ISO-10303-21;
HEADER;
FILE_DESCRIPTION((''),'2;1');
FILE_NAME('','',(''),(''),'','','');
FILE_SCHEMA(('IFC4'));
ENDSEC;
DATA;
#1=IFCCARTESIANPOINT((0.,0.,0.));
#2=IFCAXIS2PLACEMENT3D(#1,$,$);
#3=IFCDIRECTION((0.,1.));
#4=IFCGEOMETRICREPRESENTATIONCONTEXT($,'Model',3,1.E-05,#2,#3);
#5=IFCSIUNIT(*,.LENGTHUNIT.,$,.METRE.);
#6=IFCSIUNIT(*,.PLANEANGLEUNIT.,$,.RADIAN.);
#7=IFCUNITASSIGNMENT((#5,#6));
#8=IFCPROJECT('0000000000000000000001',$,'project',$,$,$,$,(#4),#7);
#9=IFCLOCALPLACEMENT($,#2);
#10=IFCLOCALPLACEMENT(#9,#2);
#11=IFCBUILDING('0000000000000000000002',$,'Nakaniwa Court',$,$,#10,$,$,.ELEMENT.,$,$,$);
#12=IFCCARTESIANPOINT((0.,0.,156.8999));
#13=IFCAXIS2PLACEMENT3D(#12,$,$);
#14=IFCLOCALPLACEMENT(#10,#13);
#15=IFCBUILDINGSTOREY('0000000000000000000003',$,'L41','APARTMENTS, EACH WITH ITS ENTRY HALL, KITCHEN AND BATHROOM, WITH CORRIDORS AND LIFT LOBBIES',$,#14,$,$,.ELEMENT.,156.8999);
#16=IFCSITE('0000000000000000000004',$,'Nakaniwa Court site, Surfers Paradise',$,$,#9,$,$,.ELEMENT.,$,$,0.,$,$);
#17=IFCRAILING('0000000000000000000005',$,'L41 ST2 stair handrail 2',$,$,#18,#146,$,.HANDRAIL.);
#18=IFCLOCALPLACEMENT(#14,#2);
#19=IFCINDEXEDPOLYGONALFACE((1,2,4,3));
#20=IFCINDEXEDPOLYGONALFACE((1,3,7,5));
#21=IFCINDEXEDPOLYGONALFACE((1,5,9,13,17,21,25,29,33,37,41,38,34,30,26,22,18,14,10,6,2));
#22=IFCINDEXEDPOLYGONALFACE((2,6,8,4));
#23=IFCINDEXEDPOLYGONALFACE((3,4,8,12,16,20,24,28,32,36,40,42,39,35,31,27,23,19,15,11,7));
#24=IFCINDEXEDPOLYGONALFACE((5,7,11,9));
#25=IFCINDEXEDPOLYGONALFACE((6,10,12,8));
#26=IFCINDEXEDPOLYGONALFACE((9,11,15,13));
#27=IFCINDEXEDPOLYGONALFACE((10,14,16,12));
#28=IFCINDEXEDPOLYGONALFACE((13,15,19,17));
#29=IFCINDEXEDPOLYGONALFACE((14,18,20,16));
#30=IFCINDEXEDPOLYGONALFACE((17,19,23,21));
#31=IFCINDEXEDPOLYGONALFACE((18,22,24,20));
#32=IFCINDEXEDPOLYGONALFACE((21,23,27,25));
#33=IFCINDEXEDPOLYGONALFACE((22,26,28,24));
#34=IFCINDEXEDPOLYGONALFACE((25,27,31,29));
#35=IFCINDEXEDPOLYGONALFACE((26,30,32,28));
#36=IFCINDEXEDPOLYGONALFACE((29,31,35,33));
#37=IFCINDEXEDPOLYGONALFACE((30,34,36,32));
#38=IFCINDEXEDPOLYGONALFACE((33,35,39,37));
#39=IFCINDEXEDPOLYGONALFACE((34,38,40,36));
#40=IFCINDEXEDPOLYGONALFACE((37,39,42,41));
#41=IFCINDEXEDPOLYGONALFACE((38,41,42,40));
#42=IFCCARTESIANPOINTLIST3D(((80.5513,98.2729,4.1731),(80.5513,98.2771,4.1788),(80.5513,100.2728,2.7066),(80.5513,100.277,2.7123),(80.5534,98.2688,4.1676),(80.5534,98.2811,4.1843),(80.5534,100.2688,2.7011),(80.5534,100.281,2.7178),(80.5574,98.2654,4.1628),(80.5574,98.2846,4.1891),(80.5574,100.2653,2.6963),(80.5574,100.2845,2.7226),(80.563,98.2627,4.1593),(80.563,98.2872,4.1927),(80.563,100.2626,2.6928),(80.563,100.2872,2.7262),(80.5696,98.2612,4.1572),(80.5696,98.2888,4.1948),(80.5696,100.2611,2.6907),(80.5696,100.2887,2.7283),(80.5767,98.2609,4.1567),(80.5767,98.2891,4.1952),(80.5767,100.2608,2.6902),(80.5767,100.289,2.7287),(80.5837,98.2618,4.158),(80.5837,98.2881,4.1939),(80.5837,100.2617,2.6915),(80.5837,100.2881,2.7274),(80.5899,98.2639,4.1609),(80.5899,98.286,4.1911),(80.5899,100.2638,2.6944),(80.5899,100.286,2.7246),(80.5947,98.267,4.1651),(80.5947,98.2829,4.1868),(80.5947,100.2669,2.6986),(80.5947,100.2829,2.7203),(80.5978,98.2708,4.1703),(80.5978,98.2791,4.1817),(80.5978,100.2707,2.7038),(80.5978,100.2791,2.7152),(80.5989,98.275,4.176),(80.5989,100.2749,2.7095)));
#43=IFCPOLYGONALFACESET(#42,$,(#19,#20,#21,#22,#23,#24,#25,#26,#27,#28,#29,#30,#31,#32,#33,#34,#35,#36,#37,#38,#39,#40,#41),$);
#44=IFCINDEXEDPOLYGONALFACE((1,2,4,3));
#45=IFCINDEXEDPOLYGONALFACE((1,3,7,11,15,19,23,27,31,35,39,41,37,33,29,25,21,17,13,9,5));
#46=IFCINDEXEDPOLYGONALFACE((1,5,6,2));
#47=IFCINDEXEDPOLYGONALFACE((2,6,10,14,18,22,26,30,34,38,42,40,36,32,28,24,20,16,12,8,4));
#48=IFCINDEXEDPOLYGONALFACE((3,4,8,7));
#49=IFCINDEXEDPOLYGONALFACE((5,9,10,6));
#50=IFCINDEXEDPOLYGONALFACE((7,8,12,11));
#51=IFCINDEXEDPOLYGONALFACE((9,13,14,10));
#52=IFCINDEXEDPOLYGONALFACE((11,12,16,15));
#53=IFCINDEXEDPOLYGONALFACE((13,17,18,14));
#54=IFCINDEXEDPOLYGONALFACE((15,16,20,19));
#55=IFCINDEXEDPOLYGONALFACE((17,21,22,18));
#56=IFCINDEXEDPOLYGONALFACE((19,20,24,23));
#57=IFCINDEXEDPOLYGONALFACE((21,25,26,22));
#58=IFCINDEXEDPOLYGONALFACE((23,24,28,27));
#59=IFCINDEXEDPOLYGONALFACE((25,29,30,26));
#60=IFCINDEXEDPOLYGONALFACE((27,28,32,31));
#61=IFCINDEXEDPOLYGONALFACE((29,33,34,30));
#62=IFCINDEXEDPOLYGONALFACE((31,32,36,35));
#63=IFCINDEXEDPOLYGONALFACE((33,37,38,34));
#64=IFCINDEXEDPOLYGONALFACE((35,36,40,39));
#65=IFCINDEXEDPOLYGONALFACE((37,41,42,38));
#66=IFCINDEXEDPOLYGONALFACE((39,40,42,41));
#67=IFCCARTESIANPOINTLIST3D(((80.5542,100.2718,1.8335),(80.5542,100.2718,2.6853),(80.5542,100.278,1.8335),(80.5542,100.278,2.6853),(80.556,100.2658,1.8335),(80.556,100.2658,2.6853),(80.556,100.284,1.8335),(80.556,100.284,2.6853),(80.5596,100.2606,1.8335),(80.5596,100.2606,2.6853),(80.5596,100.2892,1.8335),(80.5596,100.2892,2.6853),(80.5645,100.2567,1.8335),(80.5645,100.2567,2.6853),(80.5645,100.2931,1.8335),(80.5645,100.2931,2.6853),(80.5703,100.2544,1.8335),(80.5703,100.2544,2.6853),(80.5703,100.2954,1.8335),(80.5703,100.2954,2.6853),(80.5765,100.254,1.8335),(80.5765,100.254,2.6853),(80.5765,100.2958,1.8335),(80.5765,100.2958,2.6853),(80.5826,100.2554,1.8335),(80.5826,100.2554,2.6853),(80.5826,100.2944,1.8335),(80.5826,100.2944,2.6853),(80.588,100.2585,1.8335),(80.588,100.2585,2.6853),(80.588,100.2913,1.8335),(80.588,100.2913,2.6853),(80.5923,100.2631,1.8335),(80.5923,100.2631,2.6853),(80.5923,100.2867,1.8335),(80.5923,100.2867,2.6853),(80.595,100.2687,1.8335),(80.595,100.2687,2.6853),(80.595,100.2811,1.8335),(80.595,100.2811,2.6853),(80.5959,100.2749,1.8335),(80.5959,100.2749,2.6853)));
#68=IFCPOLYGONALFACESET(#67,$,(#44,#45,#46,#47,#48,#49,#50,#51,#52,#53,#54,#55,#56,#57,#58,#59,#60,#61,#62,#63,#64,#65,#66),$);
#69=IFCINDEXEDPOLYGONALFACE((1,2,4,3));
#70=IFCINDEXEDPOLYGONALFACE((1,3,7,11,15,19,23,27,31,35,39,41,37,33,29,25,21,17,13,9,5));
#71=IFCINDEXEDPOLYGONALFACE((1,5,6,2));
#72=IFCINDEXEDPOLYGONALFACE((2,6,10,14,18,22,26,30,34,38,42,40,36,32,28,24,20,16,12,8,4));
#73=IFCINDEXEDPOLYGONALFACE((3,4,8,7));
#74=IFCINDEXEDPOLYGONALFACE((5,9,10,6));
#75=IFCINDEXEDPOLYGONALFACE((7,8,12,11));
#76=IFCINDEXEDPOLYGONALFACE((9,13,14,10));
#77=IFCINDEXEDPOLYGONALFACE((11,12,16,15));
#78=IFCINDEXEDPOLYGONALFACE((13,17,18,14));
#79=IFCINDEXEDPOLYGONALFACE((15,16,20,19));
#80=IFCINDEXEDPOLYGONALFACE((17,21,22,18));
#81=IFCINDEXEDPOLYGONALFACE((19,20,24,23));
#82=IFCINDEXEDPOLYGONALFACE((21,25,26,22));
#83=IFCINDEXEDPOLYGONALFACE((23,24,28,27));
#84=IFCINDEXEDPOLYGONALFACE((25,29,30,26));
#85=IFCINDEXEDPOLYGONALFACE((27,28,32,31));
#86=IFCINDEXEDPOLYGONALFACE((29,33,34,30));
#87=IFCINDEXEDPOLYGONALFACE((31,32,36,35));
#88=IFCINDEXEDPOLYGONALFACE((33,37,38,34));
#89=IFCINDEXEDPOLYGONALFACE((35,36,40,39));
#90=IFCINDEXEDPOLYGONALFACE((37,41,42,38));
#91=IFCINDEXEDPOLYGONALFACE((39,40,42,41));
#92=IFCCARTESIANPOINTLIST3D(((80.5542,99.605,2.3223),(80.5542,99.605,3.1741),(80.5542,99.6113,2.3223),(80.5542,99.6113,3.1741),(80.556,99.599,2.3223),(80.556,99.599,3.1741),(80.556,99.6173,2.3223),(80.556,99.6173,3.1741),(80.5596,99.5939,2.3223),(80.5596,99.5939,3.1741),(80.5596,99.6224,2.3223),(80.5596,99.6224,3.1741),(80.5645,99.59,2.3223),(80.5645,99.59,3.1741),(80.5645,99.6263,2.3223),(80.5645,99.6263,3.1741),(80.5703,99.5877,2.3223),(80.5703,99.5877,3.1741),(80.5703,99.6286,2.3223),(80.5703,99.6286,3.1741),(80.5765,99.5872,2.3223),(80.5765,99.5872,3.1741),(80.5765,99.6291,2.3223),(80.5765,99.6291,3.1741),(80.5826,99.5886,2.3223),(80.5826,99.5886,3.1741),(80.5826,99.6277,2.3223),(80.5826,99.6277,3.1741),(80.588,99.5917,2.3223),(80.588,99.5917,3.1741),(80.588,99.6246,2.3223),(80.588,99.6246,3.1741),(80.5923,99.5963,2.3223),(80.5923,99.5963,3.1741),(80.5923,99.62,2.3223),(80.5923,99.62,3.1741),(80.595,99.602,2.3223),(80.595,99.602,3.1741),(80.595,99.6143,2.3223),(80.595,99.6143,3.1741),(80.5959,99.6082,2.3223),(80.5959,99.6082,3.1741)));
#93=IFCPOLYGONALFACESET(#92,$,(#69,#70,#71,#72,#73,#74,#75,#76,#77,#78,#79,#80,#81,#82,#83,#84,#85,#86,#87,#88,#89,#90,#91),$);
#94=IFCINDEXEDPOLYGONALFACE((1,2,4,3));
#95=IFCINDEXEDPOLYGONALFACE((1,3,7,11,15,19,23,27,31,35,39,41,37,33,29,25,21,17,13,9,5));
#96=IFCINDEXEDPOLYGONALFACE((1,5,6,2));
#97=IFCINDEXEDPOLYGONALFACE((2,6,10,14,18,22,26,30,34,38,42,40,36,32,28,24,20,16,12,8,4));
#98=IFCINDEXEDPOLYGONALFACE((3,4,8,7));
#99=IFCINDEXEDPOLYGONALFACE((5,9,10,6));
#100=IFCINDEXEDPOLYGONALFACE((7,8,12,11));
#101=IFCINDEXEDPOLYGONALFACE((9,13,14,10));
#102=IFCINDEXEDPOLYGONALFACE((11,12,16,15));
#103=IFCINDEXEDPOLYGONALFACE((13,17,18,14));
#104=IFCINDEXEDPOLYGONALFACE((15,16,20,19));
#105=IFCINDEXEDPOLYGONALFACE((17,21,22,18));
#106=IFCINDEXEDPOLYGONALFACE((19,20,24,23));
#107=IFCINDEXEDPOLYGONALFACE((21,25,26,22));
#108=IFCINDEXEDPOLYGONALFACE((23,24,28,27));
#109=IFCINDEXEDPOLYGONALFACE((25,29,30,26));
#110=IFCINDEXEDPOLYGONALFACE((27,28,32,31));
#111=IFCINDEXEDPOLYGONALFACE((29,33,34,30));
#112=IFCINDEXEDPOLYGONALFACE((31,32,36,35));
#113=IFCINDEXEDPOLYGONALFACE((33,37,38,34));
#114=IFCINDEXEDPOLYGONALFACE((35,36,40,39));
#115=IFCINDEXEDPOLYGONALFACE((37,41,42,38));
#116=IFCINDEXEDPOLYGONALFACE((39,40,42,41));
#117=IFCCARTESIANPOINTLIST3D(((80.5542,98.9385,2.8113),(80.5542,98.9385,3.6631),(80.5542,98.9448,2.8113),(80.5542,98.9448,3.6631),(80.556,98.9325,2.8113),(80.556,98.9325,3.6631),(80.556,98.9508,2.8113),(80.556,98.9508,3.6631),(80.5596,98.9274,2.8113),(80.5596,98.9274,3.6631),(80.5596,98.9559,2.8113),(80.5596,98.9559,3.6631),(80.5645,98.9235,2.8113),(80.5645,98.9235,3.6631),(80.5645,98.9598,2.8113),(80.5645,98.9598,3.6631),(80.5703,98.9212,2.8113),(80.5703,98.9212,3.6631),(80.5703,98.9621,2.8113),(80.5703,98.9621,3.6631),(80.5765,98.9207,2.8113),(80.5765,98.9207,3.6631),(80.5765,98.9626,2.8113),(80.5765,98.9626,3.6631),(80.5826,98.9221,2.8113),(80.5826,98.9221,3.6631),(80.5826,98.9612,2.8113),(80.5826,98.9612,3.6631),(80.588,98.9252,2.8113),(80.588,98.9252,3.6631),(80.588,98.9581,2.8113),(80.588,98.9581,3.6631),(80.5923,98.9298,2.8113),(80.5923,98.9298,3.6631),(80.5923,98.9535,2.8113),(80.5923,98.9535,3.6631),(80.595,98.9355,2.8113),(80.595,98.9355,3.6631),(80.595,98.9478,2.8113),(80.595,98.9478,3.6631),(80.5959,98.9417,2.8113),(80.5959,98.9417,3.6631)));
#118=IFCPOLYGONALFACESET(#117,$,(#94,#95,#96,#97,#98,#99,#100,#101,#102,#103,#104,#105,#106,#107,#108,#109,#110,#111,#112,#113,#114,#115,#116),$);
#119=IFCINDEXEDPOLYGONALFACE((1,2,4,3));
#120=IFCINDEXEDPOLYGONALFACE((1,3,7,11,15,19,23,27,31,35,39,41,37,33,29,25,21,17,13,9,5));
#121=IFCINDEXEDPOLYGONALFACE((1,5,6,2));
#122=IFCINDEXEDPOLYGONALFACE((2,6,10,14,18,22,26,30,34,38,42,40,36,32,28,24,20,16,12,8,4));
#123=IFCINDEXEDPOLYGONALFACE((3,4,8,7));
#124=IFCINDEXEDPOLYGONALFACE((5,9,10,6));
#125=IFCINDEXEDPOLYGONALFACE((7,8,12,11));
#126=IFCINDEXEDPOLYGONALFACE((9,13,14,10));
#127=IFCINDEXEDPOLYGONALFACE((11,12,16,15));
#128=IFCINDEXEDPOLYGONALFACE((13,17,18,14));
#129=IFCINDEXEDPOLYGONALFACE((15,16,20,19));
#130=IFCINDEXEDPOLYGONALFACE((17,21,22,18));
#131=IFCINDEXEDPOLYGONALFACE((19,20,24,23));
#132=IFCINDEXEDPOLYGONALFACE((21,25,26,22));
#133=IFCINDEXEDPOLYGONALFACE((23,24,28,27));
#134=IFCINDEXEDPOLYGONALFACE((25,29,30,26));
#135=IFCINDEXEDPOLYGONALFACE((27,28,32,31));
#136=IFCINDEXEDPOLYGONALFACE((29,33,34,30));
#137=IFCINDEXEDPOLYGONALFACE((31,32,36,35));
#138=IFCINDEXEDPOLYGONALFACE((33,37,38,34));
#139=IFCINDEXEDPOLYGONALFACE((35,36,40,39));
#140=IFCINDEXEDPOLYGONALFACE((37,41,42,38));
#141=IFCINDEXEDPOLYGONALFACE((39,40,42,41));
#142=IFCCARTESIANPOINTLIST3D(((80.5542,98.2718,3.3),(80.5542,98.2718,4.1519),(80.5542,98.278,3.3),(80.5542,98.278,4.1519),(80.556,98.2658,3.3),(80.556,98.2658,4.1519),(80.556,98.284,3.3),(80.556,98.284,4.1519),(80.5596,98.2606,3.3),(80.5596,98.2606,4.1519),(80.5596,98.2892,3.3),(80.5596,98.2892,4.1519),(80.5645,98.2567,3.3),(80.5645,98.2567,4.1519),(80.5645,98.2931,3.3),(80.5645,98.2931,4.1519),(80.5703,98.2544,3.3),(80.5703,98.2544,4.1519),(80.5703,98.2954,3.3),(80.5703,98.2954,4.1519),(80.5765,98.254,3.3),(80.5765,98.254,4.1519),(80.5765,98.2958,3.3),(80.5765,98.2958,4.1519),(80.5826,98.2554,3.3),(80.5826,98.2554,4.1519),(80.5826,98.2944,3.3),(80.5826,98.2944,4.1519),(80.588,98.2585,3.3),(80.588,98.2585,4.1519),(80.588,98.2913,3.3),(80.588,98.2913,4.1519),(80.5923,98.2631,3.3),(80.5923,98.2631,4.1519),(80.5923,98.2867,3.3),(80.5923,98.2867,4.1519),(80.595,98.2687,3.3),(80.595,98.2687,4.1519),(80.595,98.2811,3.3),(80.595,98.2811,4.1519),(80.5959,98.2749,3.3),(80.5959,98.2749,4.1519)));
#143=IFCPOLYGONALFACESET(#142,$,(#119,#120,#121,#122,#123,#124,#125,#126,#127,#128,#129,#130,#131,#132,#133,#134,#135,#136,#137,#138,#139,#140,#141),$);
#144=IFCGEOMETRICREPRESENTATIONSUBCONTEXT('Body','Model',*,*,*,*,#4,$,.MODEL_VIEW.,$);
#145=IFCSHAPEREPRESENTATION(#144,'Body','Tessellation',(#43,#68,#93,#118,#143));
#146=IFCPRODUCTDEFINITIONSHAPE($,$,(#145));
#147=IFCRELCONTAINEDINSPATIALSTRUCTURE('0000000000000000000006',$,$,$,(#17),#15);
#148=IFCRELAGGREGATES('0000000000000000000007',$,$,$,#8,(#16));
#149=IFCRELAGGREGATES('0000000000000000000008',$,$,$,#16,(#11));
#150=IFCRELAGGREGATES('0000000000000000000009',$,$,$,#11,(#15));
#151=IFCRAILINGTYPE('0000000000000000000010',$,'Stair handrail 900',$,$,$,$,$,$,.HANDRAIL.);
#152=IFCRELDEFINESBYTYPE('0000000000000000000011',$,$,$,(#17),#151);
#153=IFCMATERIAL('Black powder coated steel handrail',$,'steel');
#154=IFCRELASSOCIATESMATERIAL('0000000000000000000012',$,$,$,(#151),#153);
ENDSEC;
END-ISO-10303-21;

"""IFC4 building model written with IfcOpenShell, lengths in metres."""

from ifc_helpers import new_model, si_unit, direction, frame, origin, origin_2d, place, context, subcontext, project, spatial, circle, extrude, material, type_object, element, save


model = new_model("IFC4")

# Units and contexts
model_context = context("Model", 3, precision=1e-05, world=origin(), true_north=direction((0.0, 1.0)))
body_context = subcontext(model_context, "Body", "Model", "MODEL_VIEW")
ifc_project = project(units=[si_unit("LENGTHUNIT", "METRE"), si_unit("PLANEANGLEUNIT", "RADIAN")], contexts=[model_context])

# Site, building, storey
site_placement = place(None, origin())
site = spatial("IfcSite", under=ifc_project, at=site_placement, Name="Nakaniwa Court site, Surfers Paradise", CompositionType="ELEMENT", RefElevation=0.0)
building_placement = place(site_placement, origin())
building = spatial("IfcBuilding", under=site, at=building_placement, Name="Nakaniwa Court", CompositionType="ELEMENT")
storey_placement = place(building_placement, frame((0.0, 0.0, 156.8999)))
storey = spatial("IfcBuildingStorey", under=building, at=storey_placement, Name="L41", Description="APARTMENTS, EACH WITH ITS ENTRY HALL, KITCHEN AND BATHROOM, WITH CORRIDORS AND LIFT LOBBIES", CompositionType="ELEMENT", Elevation=156.8999)

# Railing
ifc_material_1 = material(Name="Black powder coated steel handrail", Category="steel")
railing_type_1 = type_object("IfcRailingType", Name="Stair handrail 900", PredefinedType="HANDRAIL", material=ifc_material_1)
railing_1_placement = place(storey_placement, frame((80.575, 100.2749, 1.8335)))
element("IfcRailing", 1, at=railing_1_placement, inside=storey, type_object=railing_type_1, Name="L41 ST2 stair handrail 2", PredefinedType="HANDRAIL", context=body_context, shape_type="SweptSolid", body=[
    extrude(circle(Radius=0.0239, at=origin_2d()), frame((0.0, 0.0, 0.876), z_axis=(0.0, -0.806427, 0.591334), x_axis=(1.0, 0.0, 0.0)), (0.0, 0.0, 1.0), 2.48),
    extrude(circle(Radius=0.021, at=origin_2d()), origin(), (0.0, 0.0, 1.0), 0.8518),
    extrude(circle(Radius=0.021, at=origin_2d()), frame((0.0, -0.6667, 0.4888)), (0.0, 0.0, 1.0), 0.8518),
    extrude(circle(Radius=0.021, at=origin_2d()), frame((0.0, -1.3333, 0.9778)), (0.0, 0.0, 1.0), 0.8518),
    extrude(circle(Radius=0.021, at=origin_2d()), frame((0.0, -2.0, 1.4666)), (0.0, 0.0, 1.0), 0.8518),
])

save(model, "model.ifc")
